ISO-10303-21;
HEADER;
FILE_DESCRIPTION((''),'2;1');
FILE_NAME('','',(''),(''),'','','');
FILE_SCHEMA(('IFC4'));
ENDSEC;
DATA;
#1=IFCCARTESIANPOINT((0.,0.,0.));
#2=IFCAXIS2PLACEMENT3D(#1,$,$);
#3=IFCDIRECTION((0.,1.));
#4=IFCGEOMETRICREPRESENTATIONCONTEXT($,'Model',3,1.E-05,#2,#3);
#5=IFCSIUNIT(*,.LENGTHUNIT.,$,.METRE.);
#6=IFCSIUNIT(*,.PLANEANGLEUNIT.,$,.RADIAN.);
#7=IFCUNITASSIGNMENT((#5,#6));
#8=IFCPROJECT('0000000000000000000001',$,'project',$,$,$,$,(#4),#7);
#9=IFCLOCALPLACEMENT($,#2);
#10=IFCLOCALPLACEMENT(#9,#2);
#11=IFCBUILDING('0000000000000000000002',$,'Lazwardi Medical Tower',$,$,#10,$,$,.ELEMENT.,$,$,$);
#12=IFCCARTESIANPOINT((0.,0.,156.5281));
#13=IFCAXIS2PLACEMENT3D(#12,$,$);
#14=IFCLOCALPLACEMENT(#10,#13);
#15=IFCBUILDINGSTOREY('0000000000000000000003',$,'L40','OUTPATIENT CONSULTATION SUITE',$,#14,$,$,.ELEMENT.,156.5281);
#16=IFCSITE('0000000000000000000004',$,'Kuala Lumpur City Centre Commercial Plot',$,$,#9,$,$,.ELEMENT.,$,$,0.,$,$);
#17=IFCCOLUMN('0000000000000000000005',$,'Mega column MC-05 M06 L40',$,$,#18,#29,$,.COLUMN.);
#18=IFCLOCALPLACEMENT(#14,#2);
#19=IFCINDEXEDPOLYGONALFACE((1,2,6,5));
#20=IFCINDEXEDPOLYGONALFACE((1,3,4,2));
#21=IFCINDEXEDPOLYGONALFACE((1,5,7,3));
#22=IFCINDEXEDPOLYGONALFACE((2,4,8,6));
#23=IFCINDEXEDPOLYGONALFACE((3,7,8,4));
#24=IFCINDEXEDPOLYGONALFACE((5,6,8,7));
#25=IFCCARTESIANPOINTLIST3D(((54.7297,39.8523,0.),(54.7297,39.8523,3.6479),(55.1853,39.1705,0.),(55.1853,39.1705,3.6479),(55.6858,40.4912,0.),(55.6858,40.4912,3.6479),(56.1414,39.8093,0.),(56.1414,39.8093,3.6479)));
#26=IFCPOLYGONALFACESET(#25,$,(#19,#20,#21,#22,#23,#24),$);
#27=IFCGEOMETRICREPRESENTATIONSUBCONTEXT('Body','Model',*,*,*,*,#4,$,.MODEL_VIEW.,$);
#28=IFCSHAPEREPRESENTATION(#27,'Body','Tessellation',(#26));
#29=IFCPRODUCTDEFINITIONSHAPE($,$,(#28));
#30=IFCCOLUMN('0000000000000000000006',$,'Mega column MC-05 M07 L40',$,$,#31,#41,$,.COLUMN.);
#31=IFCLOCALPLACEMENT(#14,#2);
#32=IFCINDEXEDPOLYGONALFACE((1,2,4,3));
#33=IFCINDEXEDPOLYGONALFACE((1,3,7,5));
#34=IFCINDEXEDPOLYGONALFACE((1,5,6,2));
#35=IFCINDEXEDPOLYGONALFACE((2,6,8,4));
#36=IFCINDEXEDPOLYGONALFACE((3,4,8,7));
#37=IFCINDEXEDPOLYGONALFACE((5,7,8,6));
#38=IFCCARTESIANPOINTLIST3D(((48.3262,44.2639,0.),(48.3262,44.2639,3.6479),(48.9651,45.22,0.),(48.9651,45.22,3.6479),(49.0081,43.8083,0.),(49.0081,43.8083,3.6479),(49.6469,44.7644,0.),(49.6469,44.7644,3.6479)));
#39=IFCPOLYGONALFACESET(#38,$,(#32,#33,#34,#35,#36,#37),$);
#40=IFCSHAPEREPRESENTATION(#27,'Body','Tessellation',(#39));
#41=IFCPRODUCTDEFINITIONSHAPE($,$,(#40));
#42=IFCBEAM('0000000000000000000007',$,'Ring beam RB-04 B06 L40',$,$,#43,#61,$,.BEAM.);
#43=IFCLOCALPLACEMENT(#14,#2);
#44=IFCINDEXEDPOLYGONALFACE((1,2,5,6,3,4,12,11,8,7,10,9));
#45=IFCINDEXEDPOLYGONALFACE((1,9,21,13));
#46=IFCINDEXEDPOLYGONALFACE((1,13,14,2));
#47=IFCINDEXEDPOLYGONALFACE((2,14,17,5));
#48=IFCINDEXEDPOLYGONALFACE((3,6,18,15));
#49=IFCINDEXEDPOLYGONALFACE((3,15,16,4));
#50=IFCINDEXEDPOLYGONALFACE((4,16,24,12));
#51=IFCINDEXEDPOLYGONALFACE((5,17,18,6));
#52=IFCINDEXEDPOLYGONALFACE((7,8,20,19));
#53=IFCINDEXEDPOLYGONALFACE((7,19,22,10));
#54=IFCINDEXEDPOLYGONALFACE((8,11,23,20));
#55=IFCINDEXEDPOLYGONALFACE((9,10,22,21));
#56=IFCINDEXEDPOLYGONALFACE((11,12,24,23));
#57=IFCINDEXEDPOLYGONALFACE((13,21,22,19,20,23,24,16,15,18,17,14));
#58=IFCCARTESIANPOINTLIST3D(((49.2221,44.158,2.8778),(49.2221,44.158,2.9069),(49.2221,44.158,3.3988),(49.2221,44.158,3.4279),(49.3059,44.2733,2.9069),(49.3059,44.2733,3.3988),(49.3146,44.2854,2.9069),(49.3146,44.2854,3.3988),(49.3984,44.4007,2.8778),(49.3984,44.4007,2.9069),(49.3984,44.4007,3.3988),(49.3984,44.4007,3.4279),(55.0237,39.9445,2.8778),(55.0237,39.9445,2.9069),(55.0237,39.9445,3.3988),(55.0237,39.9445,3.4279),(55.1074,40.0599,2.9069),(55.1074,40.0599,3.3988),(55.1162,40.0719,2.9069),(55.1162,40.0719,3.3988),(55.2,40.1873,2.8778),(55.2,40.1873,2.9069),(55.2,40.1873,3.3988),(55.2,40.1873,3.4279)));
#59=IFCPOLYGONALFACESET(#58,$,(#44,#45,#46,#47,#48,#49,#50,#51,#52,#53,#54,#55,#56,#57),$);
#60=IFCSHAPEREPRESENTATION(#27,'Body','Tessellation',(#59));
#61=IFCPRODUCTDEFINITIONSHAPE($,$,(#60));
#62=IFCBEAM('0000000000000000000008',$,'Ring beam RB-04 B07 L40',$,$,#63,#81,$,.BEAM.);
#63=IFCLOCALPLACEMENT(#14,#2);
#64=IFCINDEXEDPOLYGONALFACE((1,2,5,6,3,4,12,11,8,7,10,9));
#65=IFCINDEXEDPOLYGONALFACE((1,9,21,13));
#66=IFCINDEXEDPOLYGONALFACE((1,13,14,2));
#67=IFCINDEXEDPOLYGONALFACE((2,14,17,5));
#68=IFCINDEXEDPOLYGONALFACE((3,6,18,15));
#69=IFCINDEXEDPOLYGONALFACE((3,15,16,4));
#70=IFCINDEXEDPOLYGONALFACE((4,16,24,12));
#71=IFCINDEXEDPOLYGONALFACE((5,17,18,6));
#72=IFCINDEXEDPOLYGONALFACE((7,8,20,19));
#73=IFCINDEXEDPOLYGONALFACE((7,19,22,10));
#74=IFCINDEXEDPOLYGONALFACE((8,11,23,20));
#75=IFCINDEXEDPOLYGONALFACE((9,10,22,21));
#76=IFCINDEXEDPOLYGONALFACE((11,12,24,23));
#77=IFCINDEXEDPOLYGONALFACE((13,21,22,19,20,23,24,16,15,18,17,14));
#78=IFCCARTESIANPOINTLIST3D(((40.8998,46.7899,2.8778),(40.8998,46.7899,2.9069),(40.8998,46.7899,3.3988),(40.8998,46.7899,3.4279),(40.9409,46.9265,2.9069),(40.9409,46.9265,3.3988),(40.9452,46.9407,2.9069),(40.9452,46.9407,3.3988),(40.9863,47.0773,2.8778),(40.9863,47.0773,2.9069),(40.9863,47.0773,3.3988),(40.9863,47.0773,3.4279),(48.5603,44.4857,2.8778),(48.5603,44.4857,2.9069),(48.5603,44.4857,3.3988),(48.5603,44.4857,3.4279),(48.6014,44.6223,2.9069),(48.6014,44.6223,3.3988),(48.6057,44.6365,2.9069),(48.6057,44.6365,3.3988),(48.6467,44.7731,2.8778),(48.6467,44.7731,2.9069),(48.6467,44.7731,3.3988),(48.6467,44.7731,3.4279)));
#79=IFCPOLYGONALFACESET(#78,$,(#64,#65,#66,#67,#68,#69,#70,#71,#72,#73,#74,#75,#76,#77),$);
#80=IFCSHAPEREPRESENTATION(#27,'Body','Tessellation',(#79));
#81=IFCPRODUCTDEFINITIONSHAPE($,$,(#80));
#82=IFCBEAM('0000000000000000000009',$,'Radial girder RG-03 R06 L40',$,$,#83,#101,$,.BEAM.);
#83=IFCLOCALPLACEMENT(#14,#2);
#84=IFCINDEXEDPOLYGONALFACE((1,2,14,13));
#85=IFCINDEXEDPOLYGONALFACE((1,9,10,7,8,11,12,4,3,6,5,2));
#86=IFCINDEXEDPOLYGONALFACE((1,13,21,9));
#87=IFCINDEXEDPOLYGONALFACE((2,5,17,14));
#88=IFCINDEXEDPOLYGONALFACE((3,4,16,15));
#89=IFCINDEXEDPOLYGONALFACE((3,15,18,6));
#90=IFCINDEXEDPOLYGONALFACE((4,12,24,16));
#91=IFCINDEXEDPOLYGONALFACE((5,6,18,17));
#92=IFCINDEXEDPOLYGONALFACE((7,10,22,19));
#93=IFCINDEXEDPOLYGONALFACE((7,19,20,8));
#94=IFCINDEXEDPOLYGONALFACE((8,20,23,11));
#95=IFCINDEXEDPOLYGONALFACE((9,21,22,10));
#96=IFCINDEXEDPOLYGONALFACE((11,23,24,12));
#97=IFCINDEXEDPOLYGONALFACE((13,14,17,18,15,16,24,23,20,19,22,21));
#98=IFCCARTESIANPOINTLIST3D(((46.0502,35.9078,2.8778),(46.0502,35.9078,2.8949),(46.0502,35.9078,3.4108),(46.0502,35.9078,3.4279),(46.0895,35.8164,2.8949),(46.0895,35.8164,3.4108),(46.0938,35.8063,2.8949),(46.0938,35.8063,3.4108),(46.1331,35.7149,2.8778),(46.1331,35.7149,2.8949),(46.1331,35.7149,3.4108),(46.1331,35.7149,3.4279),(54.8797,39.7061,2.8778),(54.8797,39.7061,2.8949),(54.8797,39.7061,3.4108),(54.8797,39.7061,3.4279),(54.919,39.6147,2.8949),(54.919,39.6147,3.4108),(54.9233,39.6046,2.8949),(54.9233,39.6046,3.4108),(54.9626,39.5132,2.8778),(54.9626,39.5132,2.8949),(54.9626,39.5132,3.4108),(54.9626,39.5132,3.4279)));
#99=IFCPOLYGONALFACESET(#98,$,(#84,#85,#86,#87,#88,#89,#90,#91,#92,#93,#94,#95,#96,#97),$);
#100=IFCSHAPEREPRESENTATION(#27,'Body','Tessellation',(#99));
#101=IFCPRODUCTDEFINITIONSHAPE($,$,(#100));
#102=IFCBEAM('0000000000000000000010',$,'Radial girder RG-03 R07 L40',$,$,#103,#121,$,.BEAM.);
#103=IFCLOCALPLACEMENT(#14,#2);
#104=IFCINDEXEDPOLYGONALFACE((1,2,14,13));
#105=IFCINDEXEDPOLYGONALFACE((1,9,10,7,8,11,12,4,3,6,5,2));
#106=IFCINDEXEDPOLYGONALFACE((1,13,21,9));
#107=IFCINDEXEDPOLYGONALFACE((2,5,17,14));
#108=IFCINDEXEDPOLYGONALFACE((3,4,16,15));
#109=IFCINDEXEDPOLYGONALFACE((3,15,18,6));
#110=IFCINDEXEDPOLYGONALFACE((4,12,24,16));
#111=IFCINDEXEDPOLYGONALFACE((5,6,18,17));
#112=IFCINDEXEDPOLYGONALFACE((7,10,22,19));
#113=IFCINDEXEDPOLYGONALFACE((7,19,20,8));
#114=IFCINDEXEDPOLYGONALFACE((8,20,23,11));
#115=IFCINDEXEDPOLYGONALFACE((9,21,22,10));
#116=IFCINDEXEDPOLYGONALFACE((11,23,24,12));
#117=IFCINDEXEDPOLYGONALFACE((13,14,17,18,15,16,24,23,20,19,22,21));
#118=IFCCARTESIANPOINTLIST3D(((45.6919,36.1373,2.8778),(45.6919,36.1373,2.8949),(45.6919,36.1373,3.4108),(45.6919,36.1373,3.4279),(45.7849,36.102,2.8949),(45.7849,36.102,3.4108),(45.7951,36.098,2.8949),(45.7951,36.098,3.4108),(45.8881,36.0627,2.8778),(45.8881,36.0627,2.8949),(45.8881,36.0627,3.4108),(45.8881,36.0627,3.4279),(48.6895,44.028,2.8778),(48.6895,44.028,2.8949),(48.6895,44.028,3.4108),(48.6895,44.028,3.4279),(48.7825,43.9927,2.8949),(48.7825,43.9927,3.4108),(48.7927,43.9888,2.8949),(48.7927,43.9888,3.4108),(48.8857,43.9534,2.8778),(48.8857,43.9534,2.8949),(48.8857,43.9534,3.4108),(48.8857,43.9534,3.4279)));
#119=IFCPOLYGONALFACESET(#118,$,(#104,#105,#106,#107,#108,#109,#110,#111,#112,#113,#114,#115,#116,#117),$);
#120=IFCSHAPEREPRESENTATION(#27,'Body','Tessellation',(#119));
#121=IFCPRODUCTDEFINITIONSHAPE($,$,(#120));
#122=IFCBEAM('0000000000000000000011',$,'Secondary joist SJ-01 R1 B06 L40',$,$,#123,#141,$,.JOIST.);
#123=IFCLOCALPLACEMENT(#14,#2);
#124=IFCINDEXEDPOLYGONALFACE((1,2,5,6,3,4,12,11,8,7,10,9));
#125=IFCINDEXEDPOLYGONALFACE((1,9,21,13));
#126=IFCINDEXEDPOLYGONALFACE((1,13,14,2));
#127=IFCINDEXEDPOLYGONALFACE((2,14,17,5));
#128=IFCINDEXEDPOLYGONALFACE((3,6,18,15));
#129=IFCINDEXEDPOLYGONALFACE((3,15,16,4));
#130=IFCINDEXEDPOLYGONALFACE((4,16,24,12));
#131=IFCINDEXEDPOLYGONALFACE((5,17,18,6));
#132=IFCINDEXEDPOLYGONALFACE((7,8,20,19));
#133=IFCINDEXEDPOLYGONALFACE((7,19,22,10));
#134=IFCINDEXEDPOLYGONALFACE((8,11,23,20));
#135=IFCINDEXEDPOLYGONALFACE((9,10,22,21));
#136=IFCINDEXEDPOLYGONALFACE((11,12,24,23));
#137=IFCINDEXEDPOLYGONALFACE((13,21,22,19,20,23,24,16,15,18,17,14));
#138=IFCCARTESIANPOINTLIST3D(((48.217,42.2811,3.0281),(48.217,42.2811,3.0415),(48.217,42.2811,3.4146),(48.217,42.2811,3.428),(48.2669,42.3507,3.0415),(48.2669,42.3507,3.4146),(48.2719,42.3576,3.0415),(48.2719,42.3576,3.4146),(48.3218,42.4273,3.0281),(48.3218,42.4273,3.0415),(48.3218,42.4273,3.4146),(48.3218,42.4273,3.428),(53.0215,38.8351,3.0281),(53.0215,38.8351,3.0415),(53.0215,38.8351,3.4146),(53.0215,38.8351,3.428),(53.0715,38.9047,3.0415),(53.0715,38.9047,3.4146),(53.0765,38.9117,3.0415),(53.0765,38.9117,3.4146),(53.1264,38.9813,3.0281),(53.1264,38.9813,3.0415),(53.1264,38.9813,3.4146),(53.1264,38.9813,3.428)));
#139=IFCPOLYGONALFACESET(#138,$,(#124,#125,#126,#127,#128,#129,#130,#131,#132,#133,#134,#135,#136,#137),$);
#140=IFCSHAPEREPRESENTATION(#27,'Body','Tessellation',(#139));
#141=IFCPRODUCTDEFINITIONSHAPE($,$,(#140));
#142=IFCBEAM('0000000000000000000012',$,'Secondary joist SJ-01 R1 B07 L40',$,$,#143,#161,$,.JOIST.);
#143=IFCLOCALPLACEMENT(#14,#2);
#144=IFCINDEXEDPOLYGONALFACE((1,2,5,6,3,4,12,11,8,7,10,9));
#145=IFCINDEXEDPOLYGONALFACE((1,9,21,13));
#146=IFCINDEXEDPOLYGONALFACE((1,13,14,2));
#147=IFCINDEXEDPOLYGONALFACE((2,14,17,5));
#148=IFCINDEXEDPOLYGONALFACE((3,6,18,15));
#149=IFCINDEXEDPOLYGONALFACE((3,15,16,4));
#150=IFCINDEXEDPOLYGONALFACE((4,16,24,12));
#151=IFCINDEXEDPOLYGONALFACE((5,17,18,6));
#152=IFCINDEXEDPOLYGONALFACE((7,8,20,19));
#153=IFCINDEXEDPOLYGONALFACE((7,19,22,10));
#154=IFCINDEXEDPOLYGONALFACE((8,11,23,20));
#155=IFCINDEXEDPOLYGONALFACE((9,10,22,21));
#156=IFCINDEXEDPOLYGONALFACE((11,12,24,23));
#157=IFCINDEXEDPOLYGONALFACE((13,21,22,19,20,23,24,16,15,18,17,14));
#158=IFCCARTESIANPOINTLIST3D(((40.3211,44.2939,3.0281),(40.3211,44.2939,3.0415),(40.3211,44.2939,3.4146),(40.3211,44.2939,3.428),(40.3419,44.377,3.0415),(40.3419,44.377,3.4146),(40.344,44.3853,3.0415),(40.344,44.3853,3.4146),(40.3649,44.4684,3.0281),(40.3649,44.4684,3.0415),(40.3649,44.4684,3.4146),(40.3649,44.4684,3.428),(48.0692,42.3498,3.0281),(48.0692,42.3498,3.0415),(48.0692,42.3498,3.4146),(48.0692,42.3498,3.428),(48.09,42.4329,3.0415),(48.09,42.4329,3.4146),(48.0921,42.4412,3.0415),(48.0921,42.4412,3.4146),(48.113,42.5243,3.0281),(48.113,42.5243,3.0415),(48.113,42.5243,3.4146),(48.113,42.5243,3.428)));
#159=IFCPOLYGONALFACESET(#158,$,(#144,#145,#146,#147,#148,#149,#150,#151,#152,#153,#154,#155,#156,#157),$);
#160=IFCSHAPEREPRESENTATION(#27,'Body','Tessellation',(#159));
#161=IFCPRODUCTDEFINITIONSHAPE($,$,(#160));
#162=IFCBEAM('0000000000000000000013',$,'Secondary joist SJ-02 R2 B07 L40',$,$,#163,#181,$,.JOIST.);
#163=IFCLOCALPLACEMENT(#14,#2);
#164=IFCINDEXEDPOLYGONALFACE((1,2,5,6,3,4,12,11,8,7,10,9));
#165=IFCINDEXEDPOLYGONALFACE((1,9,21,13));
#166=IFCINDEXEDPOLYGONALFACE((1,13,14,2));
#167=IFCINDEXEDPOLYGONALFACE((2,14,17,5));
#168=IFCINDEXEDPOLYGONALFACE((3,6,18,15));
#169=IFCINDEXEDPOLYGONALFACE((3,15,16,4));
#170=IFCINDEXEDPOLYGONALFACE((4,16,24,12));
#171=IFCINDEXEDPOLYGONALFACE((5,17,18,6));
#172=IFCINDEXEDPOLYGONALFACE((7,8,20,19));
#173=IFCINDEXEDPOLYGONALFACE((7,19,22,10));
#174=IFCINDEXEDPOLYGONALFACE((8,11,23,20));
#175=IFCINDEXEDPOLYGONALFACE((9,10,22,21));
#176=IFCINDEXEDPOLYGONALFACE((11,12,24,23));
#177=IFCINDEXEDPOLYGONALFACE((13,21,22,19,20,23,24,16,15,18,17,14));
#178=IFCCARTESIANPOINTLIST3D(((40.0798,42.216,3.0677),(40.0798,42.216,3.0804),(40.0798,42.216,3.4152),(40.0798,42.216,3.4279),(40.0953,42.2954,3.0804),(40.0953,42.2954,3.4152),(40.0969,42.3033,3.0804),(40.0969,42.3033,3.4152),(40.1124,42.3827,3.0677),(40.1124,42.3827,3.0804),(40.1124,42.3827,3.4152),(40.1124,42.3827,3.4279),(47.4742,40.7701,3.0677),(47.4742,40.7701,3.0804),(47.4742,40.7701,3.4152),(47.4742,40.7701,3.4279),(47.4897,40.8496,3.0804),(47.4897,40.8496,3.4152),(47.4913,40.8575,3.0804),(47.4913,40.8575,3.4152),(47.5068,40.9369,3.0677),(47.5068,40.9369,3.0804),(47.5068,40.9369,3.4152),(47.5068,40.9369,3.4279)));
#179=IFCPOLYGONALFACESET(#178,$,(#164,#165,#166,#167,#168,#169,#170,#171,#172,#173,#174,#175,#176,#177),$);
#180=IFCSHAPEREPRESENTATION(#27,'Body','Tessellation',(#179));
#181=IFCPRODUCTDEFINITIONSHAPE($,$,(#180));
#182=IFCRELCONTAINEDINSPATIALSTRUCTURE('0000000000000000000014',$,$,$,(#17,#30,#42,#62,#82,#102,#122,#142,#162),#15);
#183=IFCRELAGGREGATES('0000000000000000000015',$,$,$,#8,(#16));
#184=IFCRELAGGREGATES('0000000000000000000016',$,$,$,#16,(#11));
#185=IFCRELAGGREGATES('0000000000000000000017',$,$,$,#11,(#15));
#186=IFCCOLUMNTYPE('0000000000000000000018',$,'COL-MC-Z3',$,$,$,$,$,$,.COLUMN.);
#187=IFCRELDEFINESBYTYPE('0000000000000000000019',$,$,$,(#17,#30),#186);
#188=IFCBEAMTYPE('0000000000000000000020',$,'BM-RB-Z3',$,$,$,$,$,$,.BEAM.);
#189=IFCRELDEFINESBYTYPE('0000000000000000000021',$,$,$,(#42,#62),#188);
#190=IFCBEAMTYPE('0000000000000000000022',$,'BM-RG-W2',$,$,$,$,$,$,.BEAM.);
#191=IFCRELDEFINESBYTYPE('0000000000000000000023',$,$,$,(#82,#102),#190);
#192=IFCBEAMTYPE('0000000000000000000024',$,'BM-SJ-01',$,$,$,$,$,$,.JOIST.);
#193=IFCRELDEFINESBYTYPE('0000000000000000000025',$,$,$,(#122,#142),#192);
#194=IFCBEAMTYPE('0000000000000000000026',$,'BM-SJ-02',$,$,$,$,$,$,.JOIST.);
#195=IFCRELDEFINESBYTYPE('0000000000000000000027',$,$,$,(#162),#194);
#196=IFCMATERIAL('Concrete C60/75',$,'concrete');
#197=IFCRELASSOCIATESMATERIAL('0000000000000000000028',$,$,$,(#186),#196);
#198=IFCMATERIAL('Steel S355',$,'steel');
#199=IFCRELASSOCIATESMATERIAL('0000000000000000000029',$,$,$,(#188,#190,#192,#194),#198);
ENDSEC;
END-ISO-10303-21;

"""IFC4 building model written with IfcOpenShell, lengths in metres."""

from ifc_helpers import new_model, si_unit, direction, frame, origin, origin_2d, place, context, subcontext, project, spatial, rectangle, i_section, extrude, material, material_profile, profile_set, type_object, element, save


model = new_model("IFC4")

# Units and contexts
model_context = context("Model", 3, precision=1e-05, world=origin(), true_north=direction((0.0, 1.0)))
body_context = subcontext(model_context, "Body", "Model", "MODEL_VIEW")
ifc_project = project(units=[si_unit("LENGTHUNIT", "METRE"), si_unit("PLANEANGLEUNIT", "RADIAN")], contexts=[model_context])

# Site, building, storey
site_placement = place(None, origin())
site = spatial("IfcSite", under=ifc_project, at=site_placement, Name="Kuala Lumpur City Centre Commercial Plot", CompositionType="ELEMENT", RefElevation=0.0)
building_placement = place(site_placement, origin())
building = spatial("IfcBuilding", under=site, at=building_placement, Name="Lazwardi Medical Tower", CompositionType="ELEMENT")
storey_placement = place(building_placement, frame((0.0, 0.0, 156.5281)))
storey = spatial("IfcBuildingStorey", under=building, at=storey_placement, Name="L40", Description="OUTPATIENT CONSULTATION SUITE", CompositionType="ELEMENT", Elevation=156.5281)

# Columns
ifc_material_1 = material(Name="Concrete C60/75", Category="concrete")
ifc_material_profile_1 = material_profile(ifc_material_1, rectangle(XDim=1.1499, YDim=0.8201, at=origin_2d()), Name="CFT-RECT 1150x820")
ifc_profile_set_1 = profile_set([ifc_material_profile_1], Name="Concrete C60/75")
column_type = type_object("IfcColumnType", Name="COL-MC-Z3", PredefinedType="COLUMN", material=ifc_profile_set_1)
for number, where, z_axis, x_axis, name in (
    (1, (55.4355, 39.8308, 0.0), (0.0, 0.0, 1.0), (0.83147, 0.55557, 0.0), "Mega column MC-05 M06 L40"),
    (2, (48.9866, 44.5142, 0.0), (0.0, 0.0, 1.0), (0.55557, 0.83147, 0.0), "Mega column MC-05 M07 L40"),
):
    element("IfcColumn", number, at=place(storey_placement, frame(where, z_axis=z_axis, x_axis=x_axis)), inside=storey, type_object=column_type, Name=name, PredefinedType="COLUMN", context=body_context, shape_type="SweptSolid", body=[
        extrude(rectangle(XDim=1.1499, YDim=0.8201, at=origin_2d()), origin(), (0.0, 0.0, 1.0), 3.6479),
    ])

# Beams
ifc_material_2 = material(Name="Steel S355", Category="steel")
ifc_material_profile_2 = material_profile(ifc_material_2, i_section(OverallWidth=0.3, OverallDepth=0.55, WebThickness=0.0149, FlangeThickness=0.0291, at=origin_2d()), Name="HEB 550")
ifc_profile_set_2 = profile_set([ifc_material_profile_2], Name="Steel S355")
beam_type_1 = type_object("IfcBeamType", Name="BM-RB-Z3", PredefinedType="BEAM", material=ifc_profile_set_2)
beam_1_placement = place(storey_placement, frame((55.1118, 40.0659, 3.1528), z_axis=(-0.809128, 0.587633, 0.0), x_axis=(-0.587633, -0.809128, 0.0)))
element("IfcBeam", 3, at=beam_1_placement, inside=storey, type_object=beam_type_1, Name="Ring beam RB-04 B06 L40", PredefinedType="BEAM", context=body_context, shape_type="SweptSolid", body=[
    extrude(i_section(OverallWidth=0.3, OverallDepth=0.55, WebThickness=0.0149, FlangeThickness=0.0291, at=origin_2d()), origin(), (0.0, 0.0, 1.0), 7.1702),
])
beam_2_placement = place(storey_placement, frame((48.6035, 44.6294, 3.1528), z_axis=(-0.957617, 0.288045, 0.0), x_axis=(-0.288045, -0.957617, 0.0)))
element("IfcBeam", 4, at=beam_2_placement, inside=storey, type_object=beam_type_1, Name="Ring beam RB-04 B07 L40", PredefinedType="BEAM", context=body_context, shape_type="SweptSolid", body=[
    extrude(i_section(OverallWidth=0.3, OverallDepth=0.55, WebThickness=0.0149, FlangeThickness=0.0291, at=origin_2d()), origin(), (0.0, 0.0, 1.0), 7.9995),
])
ifc_material_profile_3 = material_profile(ifc_material_2, i_section(OverallWidth=0.21, OverallDepth=0.55, WebThickness=0.011, FlangeThickness=0.0171, at=origin_2d()), Name="IPE 550")
ifc_profile_set_3 = profile_set([ifc_material_profile_3], Name="Steel S355")
beam_type_2 = type_object("IfcBeamType", Name="BM-RG-W2", PredefinedType="BEAM", material=ifc_profile_set_3)
beam_3_placement = place(storey_placement, frame((54.9211, 39.6096, 3.1528), z_axis=(-0.918608, -0.39517, 0.0), x_axis=(0.39517, -0.918608, 0.0)))
element("IfcBeam", 5, at=beam_3_placement, inside=storey, type_object=beam_type_2, Name="Radial girder RG-03 R06 L40", PredefinedType="BEAM", context=body_context, shape_type="SweptSolid", body=[
    extrude(i_section(OverallWidth=0.21, OverallDepth=0.55, WebThickness=0.011, FlangeThickness=0.0171, at=origin_2d()), origin(), (0.0, 0.0, 1.0), 9.6118),
])
beam_4_placement = place(storey_placement, frame((48.7876, 43.9907, 3.1528), z_axis=(-0.355127, -0.934818, 0.0), x_axis=(0.934818, -0.355127, 0.0)))
element("IfcBeam", 6, at=beam_4_placement, inside=storey, type_object=beam_type_2, Name="Radial girder RG-03 R07 L40", PredefinedType="BEAM", context=body_context, shape_type="SweptSolid", body=[
    extrude(i_section(OverallWidth=0.21, OverallDepth=0.55, WebThickness=0.011, FlangeThickness=0.0171, at=origin_2d()), origin(), (0.0, 0.0, 1.0), 8.4409),
])
ifc_material_profile_4 = material_profile(ifc_material_2, i_section(OverallWidth=0.1799, OverallDepth=0.3999, WebThickness=0.0085, FlangeThickness=0.0134, at=origin_2d()), Name="IPE 400")
ifc_profile_set_4 = profile_set([ifc_material_profile_4], Name="Steel S355")
beam_type_3 = type_object("IfcBeamType", Name="BM-SJ-01", PredefinedType="JOIST", material=ifc_profile_set_4)
beam_5_placement = place(storey_placement, frame((53.074, 38.9082, 3.228), z_axis=(-0.812602, 0.582819, 0.0), x_axis=(-0.582819, -0.812602, 0.0)))
element("IfcBeam", 7, at=beam_5_placement, inside=storey, type_object=beam_type_3, Name="Secondary joist SJ-01 R1 B06 L40", PredefinedType="JOIST", context=body_context, shape_type="SweptSolid", body=[
    extrude(i_section(OverallWidth=0.1799, OverallDepth=0.3999, WebThickness=0.0085, FlangeThickness=0.0134, at=origin_2d()), origin(), (0.0, 0.0, 1.0), 5.9126),
])
beam_6_placement = place(storey_placement, frame((48.0911, 42.437, 3.228), z_axis=(-0.969934, 0.24337, 0.0), x_axis=(-0.24337, -0.969934, 0.0)))
element("IfcBeam", 8, at=beam_6_placement, inside=storey, type_object=beam_type_3, Name="Secondary joist SJ-01 R1 B07 L40", PredefinedType="JOIST", context=body_context, shape_type="SweptSolid", body=[
    extrude(i_section(OverallWidth=0.1799, OverallDepth=0.3999, WebThickness=0.0085, FlangeThickness=0.0134, at=origin_2d()), origin(), (0.0, 0.0, 1.0), 7.9883),
])
ifc_material_profile_5 = material_profile(ifc_material_2, i_section(OverallWidth=0.1699, OverallDepth=0.3601, WebThickness=0.0081, FlangeThickness=0.0127, at=origin_2d()), Name="IPE 360")
ifc_profile_set_5 = profile_set([ifc_material_profile_5], Name="Steel S355")
beam_type_4 = type_object("IfcBeamType", Name="BM-SJ-02", PredefinedType="JOIST", material=ifc_profile_set_5)
beam_7_placement = place(storey_placement, frame((47.4905, 40.8535, 3.2478), z_axis=(-0.981415, 0.191896, 0.0), x_axis=(-0.191896, -0.981415, 0.0)))
element("IfcBeam", 9, at=beam_7_placement, inside=storey, type_object=beam_type_4, Name="Secondary joist SJ-02 R2 B07 L40", PredefinedType="JOIST", context=body_context, shape_type="SweptSolid", body=[
    extrude(i_section(OverallWidth=0.1699, OverallDepth=0.3601, WebThickness=0.0081, FlangeThickness=0.0127, at=origin_2d()), origin(), (0.0, 0.0, 1.0), 7.5344),
])

save(model, "model.ifc")
